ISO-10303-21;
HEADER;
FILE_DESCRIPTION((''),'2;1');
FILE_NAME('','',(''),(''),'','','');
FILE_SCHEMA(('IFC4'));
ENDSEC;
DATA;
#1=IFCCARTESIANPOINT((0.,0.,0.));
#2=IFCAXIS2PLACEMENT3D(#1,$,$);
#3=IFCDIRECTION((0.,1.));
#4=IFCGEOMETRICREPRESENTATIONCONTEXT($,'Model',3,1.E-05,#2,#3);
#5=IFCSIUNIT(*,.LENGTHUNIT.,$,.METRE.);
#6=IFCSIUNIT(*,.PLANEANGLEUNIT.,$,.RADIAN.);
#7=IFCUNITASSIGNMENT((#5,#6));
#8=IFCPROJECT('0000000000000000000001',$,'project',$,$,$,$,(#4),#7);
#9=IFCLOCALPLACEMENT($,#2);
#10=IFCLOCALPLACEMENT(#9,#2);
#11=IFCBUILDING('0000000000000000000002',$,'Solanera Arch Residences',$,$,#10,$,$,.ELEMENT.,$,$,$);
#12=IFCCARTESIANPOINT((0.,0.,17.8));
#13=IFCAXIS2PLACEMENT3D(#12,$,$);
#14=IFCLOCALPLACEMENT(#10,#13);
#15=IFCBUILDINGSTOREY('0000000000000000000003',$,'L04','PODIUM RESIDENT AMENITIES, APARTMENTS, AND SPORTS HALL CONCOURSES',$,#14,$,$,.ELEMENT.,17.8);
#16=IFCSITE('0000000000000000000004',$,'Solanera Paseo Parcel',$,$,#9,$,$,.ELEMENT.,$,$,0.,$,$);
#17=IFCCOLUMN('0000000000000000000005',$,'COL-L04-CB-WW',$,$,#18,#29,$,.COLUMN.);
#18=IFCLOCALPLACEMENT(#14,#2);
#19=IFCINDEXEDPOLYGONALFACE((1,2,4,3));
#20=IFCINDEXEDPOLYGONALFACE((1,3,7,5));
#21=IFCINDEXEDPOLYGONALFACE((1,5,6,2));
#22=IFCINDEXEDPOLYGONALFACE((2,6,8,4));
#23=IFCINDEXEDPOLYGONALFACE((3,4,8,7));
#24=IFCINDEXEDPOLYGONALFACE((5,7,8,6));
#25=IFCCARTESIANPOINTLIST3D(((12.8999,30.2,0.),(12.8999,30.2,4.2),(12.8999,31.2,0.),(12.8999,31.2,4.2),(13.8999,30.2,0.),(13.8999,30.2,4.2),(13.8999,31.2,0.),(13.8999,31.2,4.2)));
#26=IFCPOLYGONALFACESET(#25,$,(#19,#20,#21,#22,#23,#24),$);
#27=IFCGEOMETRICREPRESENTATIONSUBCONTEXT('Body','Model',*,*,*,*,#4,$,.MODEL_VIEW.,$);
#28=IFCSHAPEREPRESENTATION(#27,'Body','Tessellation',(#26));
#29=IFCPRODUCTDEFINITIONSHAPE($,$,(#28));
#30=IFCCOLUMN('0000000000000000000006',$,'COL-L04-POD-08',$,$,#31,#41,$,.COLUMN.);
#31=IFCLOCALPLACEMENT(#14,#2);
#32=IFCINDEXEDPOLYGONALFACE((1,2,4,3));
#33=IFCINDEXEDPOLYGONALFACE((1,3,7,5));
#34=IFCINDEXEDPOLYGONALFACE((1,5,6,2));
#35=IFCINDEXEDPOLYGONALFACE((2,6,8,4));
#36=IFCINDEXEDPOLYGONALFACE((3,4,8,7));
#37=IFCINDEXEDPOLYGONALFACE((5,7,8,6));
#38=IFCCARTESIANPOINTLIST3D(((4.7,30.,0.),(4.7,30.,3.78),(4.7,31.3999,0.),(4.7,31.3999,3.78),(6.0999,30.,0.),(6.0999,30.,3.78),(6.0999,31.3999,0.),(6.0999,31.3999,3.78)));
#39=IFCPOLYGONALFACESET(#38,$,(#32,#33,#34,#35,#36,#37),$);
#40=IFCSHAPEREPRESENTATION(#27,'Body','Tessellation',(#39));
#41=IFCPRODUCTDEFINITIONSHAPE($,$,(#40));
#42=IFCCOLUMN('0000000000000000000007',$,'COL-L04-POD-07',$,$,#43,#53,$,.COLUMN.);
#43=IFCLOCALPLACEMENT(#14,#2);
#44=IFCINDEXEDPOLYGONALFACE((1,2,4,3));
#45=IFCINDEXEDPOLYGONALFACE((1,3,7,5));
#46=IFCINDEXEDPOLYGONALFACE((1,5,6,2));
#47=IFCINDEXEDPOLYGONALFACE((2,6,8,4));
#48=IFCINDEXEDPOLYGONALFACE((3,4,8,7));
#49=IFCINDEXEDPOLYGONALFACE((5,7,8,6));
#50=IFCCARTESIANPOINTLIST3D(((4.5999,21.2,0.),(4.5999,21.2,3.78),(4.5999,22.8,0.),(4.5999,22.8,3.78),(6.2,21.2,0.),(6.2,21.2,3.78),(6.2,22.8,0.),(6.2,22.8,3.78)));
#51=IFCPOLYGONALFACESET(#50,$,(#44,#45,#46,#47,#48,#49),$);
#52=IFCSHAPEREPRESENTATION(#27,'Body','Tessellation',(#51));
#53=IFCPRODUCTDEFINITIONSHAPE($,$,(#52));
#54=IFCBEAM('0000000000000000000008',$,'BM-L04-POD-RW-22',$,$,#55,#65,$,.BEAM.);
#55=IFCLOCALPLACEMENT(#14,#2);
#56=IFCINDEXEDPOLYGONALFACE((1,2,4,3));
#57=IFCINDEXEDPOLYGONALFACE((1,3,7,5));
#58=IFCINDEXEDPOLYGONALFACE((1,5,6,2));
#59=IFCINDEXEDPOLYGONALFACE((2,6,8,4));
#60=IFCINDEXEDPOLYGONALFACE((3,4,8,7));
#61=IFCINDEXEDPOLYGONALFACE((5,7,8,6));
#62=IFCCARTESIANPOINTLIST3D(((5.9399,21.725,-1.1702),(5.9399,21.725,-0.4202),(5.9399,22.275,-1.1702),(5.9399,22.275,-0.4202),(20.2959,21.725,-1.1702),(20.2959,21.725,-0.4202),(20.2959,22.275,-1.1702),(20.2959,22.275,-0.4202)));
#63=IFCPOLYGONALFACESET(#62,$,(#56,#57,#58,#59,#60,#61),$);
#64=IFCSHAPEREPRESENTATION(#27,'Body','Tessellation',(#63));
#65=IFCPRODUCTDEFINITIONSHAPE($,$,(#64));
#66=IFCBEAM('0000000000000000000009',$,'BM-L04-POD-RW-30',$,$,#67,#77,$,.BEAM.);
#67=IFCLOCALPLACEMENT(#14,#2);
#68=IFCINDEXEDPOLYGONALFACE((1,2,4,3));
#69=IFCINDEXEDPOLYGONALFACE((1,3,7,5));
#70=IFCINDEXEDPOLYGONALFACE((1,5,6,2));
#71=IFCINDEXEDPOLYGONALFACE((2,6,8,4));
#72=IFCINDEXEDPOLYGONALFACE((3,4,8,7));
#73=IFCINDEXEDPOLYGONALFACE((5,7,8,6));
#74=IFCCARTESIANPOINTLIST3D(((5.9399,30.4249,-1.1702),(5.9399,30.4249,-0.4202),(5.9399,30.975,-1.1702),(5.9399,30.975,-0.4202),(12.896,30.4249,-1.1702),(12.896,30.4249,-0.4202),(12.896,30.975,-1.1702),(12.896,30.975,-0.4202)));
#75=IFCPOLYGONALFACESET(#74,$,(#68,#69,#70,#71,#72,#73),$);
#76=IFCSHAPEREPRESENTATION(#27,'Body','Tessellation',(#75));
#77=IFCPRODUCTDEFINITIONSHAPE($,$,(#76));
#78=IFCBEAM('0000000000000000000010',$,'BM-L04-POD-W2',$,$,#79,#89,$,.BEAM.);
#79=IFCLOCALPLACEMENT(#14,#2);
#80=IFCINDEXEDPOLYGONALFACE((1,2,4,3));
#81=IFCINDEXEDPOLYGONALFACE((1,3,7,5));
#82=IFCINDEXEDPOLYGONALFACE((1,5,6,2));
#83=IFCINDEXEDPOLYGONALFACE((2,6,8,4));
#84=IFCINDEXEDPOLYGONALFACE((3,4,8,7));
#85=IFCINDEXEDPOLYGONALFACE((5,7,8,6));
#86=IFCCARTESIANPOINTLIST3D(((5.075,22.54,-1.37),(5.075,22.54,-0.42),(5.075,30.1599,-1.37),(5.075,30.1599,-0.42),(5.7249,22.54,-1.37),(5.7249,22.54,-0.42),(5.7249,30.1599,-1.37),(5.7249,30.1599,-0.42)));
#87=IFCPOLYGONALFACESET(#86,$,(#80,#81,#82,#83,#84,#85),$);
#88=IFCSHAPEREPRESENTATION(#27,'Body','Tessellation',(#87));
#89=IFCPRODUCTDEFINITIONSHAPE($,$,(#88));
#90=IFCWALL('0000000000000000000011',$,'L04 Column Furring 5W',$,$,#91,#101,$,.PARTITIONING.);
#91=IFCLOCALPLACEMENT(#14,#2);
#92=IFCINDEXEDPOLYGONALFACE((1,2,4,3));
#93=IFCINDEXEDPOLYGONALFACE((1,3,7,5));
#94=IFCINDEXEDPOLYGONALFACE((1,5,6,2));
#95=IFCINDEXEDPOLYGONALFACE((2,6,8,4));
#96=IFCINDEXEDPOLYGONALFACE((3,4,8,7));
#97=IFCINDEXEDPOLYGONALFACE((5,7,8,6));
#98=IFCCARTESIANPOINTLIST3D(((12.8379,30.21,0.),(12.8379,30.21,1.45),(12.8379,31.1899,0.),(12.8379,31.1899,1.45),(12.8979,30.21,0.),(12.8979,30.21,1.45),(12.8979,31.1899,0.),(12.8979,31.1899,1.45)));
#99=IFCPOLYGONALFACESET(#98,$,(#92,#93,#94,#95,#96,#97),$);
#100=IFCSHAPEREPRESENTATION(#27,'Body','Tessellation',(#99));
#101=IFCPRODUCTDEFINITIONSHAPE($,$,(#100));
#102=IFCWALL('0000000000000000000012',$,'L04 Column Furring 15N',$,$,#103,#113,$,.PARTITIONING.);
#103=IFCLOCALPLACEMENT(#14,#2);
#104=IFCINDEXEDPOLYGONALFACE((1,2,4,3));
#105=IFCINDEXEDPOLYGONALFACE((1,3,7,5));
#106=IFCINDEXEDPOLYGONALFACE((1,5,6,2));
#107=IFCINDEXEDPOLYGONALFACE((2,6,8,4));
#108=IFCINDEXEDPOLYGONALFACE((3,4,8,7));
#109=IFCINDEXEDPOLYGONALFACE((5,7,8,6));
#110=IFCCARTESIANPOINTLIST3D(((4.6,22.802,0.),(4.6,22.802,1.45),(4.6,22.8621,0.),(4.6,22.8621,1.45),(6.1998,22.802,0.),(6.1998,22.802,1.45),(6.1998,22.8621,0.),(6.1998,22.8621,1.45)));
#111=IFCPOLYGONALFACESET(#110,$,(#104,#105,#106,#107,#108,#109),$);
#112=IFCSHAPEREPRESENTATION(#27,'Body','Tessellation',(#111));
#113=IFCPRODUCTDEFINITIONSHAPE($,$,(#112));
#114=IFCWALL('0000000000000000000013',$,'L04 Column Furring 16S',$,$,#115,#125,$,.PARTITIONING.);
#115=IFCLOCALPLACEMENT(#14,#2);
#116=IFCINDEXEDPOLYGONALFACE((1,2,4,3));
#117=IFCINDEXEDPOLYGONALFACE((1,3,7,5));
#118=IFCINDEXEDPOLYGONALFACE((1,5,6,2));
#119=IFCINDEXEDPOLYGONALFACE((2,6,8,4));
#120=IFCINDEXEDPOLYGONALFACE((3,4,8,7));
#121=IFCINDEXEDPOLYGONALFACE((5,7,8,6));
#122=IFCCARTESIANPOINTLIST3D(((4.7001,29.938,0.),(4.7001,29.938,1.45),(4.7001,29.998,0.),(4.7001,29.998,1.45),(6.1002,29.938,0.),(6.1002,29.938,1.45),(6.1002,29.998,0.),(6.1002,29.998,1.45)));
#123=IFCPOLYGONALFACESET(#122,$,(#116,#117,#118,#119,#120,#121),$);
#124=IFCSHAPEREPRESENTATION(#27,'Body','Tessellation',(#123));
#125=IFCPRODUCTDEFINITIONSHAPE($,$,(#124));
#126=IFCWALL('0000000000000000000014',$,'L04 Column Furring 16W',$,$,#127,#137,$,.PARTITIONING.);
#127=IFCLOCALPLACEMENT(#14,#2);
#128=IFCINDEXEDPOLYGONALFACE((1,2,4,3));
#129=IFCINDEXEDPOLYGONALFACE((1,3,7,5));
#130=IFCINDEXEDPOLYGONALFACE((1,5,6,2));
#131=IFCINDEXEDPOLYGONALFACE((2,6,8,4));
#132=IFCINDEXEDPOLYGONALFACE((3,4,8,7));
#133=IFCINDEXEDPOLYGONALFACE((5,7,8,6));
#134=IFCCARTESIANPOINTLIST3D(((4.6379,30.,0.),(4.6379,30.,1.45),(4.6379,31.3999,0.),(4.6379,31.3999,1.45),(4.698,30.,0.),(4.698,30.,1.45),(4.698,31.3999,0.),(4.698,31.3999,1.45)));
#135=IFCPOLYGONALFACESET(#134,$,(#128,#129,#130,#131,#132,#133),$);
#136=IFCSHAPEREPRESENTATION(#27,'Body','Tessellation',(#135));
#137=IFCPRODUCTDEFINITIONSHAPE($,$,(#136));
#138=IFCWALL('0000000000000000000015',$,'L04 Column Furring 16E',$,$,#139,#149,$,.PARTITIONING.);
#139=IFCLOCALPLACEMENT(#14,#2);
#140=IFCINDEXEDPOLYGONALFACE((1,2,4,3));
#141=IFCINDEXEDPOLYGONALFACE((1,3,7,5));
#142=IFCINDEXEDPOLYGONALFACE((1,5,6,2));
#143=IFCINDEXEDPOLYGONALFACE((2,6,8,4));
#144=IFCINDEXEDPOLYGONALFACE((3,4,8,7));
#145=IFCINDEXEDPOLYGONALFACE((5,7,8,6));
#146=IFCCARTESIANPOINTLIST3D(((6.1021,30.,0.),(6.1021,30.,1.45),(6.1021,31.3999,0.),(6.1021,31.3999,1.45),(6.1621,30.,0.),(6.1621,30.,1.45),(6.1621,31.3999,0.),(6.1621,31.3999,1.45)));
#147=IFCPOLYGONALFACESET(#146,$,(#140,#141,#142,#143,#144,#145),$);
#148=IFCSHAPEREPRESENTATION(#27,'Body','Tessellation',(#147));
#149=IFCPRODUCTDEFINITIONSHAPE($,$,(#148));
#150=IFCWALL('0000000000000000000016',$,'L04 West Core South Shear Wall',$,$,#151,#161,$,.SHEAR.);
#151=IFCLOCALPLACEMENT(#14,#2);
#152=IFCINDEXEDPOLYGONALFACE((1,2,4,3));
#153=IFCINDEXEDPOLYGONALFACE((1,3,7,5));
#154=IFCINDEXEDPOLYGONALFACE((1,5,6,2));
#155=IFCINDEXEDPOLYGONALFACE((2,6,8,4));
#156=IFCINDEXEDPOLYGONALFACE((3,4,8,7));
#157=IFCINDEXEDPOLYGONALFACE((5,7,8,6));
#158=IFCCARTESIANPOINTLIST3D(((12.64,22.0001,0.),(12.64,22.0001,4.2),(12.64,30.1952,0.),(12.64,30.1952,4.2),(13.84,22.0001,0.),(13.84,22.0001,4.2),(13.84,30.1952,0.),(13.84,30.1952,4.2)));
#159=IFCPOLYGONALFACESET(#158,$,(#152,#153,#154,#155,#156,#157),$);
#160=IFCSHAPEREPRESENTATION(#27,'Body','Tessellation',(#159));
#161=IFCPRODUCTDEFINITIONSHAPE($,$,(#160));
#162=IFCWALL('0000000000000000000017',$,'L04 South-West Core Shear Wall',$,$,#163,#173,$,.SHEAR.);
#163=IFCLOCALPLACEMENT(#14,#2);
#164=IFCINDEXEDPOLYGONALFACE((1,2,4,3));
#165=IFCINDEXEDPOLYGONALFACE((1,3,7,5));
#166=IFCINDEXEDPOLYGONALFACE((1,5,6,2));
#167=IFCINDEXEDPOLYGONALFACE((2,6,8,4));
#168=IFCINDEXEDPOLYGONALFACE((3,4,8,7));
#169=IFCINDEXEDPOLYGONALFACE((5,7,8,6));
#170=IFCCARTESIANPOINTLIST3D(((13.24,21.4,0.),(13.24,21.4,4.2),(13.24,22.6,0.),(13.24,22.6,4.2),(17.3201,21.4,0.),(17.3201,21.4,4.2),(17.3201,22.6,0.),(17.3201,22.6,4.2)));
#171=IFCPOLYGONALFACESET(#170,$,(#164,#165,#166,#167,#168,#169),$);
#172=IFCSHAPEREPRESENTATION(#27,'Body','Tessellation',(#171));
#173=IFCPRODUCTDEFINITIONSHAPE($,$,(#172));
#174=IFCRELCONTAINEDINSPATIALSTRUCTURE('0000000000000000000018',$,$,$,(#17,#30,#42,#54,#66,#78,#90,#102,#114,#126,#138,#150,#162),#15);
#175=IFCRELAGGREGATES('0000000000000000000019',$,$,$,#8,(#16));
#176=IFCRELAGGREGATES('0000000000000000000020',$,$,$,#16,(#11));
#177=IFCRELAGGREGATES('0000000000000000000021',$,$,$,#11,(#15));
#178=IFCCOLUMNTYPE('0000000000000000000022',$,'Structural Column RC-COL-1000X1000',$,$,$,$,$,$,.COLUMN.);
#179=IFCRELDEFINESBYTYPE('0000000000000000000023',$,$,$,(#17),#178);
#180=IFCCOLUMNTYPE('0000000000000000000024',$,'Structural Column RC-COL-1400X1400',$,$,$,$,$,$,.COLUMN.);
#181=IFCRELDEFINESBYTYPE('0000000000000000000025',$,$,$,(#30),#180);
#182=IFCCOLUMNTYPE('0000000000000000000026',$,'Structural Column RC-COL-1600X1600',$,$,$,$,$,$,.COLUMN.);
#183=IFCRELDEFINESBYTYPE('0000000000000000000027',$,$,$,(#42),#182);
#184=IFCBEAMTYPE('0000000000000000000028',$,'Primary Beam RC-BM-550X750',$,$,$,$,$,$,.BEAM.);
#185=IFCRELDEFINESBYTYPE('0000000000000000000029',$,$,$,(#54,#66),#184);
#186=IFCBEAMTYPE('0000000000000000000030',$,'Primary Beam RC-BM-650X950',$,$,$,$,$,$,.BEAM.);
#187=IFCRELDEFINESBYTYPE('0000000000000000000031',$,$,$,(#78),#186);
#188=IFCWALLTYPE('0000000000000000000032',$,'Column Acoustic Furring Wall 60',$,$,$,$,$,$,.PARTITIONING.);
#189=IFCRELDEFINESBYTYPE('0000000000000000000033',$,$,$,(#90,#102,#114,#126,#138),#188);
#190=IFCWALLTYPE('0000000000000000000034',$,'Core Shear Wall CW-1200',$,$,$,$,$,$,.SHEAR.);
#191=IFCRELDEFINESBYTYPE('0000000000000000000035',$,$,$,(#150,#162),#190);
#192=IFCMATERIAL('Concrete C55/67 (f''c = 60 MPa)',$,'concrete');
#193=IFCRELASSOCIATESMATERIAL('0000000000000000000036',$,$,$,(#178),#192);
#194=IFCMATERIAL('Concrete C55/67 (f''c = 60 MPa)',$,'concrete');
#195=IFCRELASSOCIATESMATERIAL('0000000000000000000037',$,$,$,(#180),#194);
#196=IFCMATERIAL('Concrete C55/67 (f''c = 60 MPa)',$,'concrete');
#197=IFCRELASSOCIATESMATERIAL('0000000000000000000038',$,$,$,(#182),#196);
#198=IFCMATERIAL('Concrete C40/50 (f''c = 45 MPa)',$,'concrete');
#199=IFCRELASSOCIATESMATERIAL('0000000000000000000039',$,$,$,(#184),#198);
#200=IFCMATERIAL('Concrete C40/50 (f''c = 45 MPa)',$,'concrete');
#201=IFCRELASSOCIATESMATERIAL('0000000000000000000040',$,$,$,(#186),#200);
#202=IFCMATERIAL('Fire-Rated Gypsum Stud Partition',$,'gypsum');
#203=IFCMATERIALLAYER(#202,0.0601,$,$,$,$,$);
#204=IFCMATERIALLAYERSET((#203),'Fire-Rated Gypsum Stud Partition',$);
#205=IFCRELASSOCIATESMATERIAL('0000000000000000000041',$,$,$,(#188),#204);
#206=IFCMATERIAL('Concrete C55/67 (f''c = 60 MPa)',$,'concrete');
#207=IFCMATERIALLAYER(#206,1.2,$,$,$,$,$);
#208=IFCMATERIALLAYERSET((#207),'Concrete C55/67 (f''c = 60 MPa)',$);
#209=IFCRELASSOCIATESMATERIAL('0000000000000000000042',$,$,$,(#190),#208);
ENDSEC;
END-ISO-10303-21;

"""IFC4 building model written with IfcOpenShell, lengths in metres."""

from ifc_helpers import new_model, si_unit, direction, frame, frame_2d, origin, origin_2d, place, context, subcontext, project, spatial, rectangle, extrude, material, layer, layer_set, material_profile, profile_set, type_object, element, save


model = new_model("IFC4")

# Units and contexts
model_context = context("Model", 3, precision=1e-05, world=origin(), true_north=direction((0.0, 1.0)))
body_context = subcontext(model_context, "Body", "Model", "MODEL_VIEW")
ifc_project = project(units=[si_unit("LENGTHUNIT", "METRE"), si_unit("PLANEANGLEUNIT", "RADIAN")], contexts=[model_context])

# Site, building, storey
site_placement = place(None, origin())
site = spatial("IfcSite", under=ifc_project, at=site_placement, Name="Solanera Paseo Parcel", CompositionType="ELEMENT", RefElevation=0.0)
building_placement = place(site_placement, origin())
building = spatial("IfcBuilding", under=site, at=building_placement, Name="Solanera Arch Residences", CompositionType="ELEMENT")
storey_placement = place(building_placement, frame((0.0, 0.0, 17.8)))
storey = spatial("IfcBuildingStorey", under=building, at=storey_placement, Name="L04", Description="PODIUM RESIDENT AMENITIES, APARTMENTS, AND SPORTS HALL CONCOURSES", CompositionType="ELEMENT", Elevation=17.8)

# Columns
ifc_material_1 = material(Name="Concrete C55/67 (f'c = 60 MPa)", Category="concrete")
ifc_material_profile_1 = material_profile(ifc_material_1, rectangle(XDim=1.0, YDim=1.0, at=origin_2d()))
ifc_profile_set_1 = profile_set([ifc_material_profile_1], Name="Concrete C55/67 (f'c = 60 MPa)")
column_type_1 = type_object("IfcColumnType", Name="Structural Column RC-COL-1000X1000", PredefinedType="COLUMN", material=ifc_profile_set_1)
column_1_placement = place(storey_placement, frame((13.3999, 30.7, 0.0), z_axis=(0.0, 0.0, 1.0), x_axis=(1.0, 0.0, 0.0)))
element("IfcColumn", 1, at=column_1_placement, inside=storey, type_object=column_type_1, Name="COL-L04-CB-WW", PredefinedType="COLUMN", context=body_context, shape_type="SweptSolid", body=[
    extrude(rectangle(XDim=1.0, YDim=1.0, at=origin_2d()), origin(), (0.0, 0.0, 1.0), 4.2),
])
ifc_material_2 = material(Name="Concrete C55/67 (f'c = 60 MPa)", Category="concrete")
ifc_material_profile_2 = material_profile(ifc_material_2, rectangle(XDim=1.3999, YDim=1.3999, at=origin_2d()))
ifc_profile_set_2 = profile_set([ifc_material_profile_2], Name="Concrete C55/67 (f'c = 60 MPa)")
column_type_2 = type_object("IfcColumnType", Name="Structural Column RC-COL-1400X1400", PredefinedType="COLUMN", material=ifc_profile_set_2)
column_2_placement = place(storey_placement, frame((5.3999, 30.7, 0.0), z_axis=(0.0, 0.0, 1.0), x_axis=(1.0, 0.0, 0.0)))
element("IfcColumn", 2, at=column_2_placement, inside=storey, type_object=column_type_2, Name="COL-L04-POD-08", PredefinedType="COLUMN", context=body_context, shape_type="SweptSolid", body=[
    extrude(rectangle(XDim=1.3999, YDim=1.3999, at=origin_2d()), origin(), (0.0, 0.0, 1.0), 3.78),
])
ifc_material_3 = material(Name="Concrete C55/67 (f'c = 60 MPa)", Category="concrete")
ifc_material_profile_3 = material_profile(ifc_material_3, rectangle(XDim=1.6001, YDim=1.6001, at=origin_2d()))
ifc_profile_set_3 = profile_set([ifc_material_profile_3], Name="Concrete C55/67 (f'c = 60 MPa)")
column_type_3 = type_object("IfcColumnType", Name="Structural Column RC-COL-1600X1600", PredefinedType="COLUMN", material=ifc_profile_set_3)
column_3_placement = place(storey_placement, frame((5.3999, 22.0, 0.0), z_axis=(0.0, 0.0, 1.0), x_axis=(1.0, 0.0, 0.0)))
element("IfcColumn", 3, at=column_3_placement, inside=storey, type_object=column_type_3, Name="COL-L04-POD-07", PredefinedType="COLUMN", context=body_context, shape_type="SweptSolid", body=[
    extrude(rectangle(XDim=1.6001, YDim=1.6001, at=origin_2d()), origin(), (0.0, 0.0, 1.0), 3.78),
])

# Beams
ifc_material_4 = material(Name="Concrete C40/50 (f'c = 45 MPa)", Category="concrete")
ifc_material_profile_4 = material_profile(ifc_material_4, rectangle(XDim=0.55, YDim=0.75, at=origin_2d()))
ifc_profile_set_4 = profile_set([ifc_material_profile_4], Name="Concrete C40/50 (f'c = 45 MPa)")
beam_type_1 = type_object("IfcBeamType", Name="Primary Beam RC-BM-550X750", PredefinedType="BEAM", material=ifc_profile_set_4)
beam_1_placement = place(storey_placement, frame((5.9399, 22.0, -0.7952), z_axis=(1.0, 0.0, 0.0), x_axis=(0.0, 1.0, 0.0)))
element("IfcBeam", 4, at=beam_1_placement, inside=storey, type_object=beam_type_1, Name="BM-L04-POD-RW-22", PredefinedType="BEAM", context=body_context, shape_type="SweptSolid", body=[
    extrude(rectangle(XDim=0.55, YDim=0.75, at=origin_2d()), origin(), (0.0, 0.0, 1.0), 14.356),
])
beam_2_placement = place(storey_placement, frame((5.9399, 30.7, -0.7952), z_axis=(1.0, 0.0, 0.0), x_axis=(0.0, 1.0, 0.0)))
element("IfcBeam", 5, at=beam_2_placement, inside=storey, type_object=beam_type_1, Name="BM-L04-POD-RW-30", PredefinedType="BEAM", context=body_context, shape_type="SweptSolid", body=[
    extrude(rectangle(XDim=0.55, YDim=0.75, at=origin_2d()), origin(), (0.0, 0.0, 1.0), 6.9561),
])
ifc_material_5 = material(Name="Concrete C40/50 (f'c = 45 MPa)", Category="concrete")
ifc_material_profile_5 = material_profile(ifc_material_5, rectangle(XDim=0.6499, YDim=0.95, at=origin_2d()))
ifc_profile_set_5 = profile_set([ifc_material_profile_5], Name="Concrete C40/50 (f'c = 45 MPa)")
beam_type_2 = type_object("IfcBeamType", Name="Primary Beam RC-BM-650X950", PredefinedType="BEAM", material=ifc_profile_set_5)
beam_3_placement = place(storey_placement, frame((5.3999, 22.54, -0.895), z_axis=(0.0, 1.0, 0.0), x_axis=(-1.0, 0.0, 0.0)))
element("IfcBeam", 6, at=beam_3_placement, inside=storey, type_object=beam_type_2, Name="BM-L04-POD-W2", PredefinedType="BEAM", context=body_context, shape_type="SweptSolid", body=[
    extrude(rectangle(XDim=0.6499, YDim=0.95, at=origin_2d()), origin(), (0.0, 0.0, 1.0), 7.6199),
])

# Walls
ifc_material_6 = material(Name="Fire-Rated Gypsum Stud Partition", Category="gypsum")
ifc_layer_1 = layer(ifc_material_6, 0.0601)
ifc_layer_set_1 = layer_set([ifc_layer_1], Name="Fire-Rated Gypsum Stud Partition")
wall_type_1 = type_object("IfcWallType", Name="Column Acoustic Furring Wall 60", PredefinedType="PARTITIONING", material=ifc_layer_set_1)
wall_1_placement = place(storey_placement, frame((12.8679, 30.21, 0.0), z_axis=(0.0, 0.0, 1.0), x_axis=(0.0, 1.0, 0.0)))
element("IfcWall", 7, at=wall_1_placement, inside=storey, type_object=wall_type_1, Name="L04 Column Furring 5W", PredefinedType="PARTITIONING", context=body_context, shape_type="SweptSolid", body=[
    extrude(rectangle(XDim=0.98, YDim=0.0601, at=frame_2d((0.49, 0.0))), origin(), (0.0, 0.0, 1.0), 1.45),
])
wall_2_placement = place(storey_placement, frame((4.6001, 22.832, 0.0), z_axis=(0.0, 0.0, 1.0), x_axis=(1.0, 0.0, 0.0)))
element("IfcWall", 8, at=wall_2_placement, inside=storey, type_object=wall_type_1, Name="L04 Column Furring 15N", PredefinedType="PARTITIONING", context=body_context, shape_type="SweptSolid", body=[
    extrude(rectangle(XDim=1.5999, YDim=0.0601, at=frame_2d((0.7998, 0.0))), origin(), (0.0, 0.0, 1.0), 1.45),
])
wall_3_placement = place(storey_placement, frame((4.7, 29.968, 0.0), z_axis=(0.0, 0.0, 1.0), x_axis=(1.0, 0.0, 0.0)))
element("IfcWall", 9, at=wall_3_placement, inside=storey, type_object=wall_type_1, Name="L04 Column Furring 16S", PredefinedType="PARTITIONING", context=body_context, shape_type="SweptSolid", body=[
    extrude(rectangle(XDim=1.4001, YDim=0.0601, at=frame_2d((0.7002, 0.0))), origin(), (0.0, 0.0, 1.0), 1.45),
])
for number, where, z_axis, x_axis, name in (
    (10, (4.668, 30.0, 0.0), (0.0, 0.0, 1.0), (0.0, 1.0, 0.0), "L04 Column Furring 16W"),
    (11, (6.1321, 30.0, 0.0), (0.0, 0.0, 1.0), (0.0, 1.0, 0.0), "L04 Column Furring 16E"),
):
    element("IfcWall", number, at=place(storey_placement, frame(where, z_axis=z_axis, x_axis=x_axis)), inside=storey, type_object=wall_type_1, Name=name, PredefinedType="PARTITIONING", context=body_context, shape_type="SweptSolid", body=[
        extrude(rectangle(XDim=1.3999, YDim=0.0601, at=frame_2d((0.7, 0.0))), origin(), (0.0, 0.0, 1.0), 1.45),
    ])
ifc_material_7 = material(Name="Concrete C55/67 (f'c = 60 MPa)", Category="concrete")
ifc_layer_2 = layer(ifc_material_7, 1.2)
ifc_layer_set_2 = layer_set([ifc_layer_2], Name="Concrete C55/67 (f'c = 60 MPa)")
wall_type_2 = type_object("IfcWallType", Name="Core Shear Wall CW-1200", PredefinedType="SHEAR", material=ifc_layer_set_2)
wall_4_placement = place(storey_placement, frame((13.24, 22.0, 0.0), z_axis=(0.0, 0.0, 1.0), x_axis=(0.0, 1.0, 0.0)))
element("IfcWall", 12, at=wall_4_placement, inside=storey, type_object=wall_type_2, Name="L04 West Core South Shear Wall", PredefinedType="SHEAR", context=body_context, shape_type="SweptSolid", body=[
    extrude(rectangle(XDim=8.1951, YDim=1.2, at=frame_2d((4.0977, 0.0))), origin(), (0.0, 0.0, 1.0), 4.2),
])
wall_5_placement = place(storey_placement, frame((13.24, 22.0, 0.0), z_axis=(0.0, 0.0, 1.0), x_axis=(1.0, 0.0, 0.0)))
element("IfcWall", 13, at=wall_5_placement, inside=storey, type_object=wall_type_2, Name="L04 South-West Core Shear Wall", PredefinedType="SHEAR", context=body_context, shape_type="SweptSolid", body=[
    extrude(rectangle(XDim=4.0801, YDim=1.2, at=frame_2d((2.04, 0.0))), origin(), (0.0, 0.0, 1.0), 4.2),
])

save(model, "model.ifc")
